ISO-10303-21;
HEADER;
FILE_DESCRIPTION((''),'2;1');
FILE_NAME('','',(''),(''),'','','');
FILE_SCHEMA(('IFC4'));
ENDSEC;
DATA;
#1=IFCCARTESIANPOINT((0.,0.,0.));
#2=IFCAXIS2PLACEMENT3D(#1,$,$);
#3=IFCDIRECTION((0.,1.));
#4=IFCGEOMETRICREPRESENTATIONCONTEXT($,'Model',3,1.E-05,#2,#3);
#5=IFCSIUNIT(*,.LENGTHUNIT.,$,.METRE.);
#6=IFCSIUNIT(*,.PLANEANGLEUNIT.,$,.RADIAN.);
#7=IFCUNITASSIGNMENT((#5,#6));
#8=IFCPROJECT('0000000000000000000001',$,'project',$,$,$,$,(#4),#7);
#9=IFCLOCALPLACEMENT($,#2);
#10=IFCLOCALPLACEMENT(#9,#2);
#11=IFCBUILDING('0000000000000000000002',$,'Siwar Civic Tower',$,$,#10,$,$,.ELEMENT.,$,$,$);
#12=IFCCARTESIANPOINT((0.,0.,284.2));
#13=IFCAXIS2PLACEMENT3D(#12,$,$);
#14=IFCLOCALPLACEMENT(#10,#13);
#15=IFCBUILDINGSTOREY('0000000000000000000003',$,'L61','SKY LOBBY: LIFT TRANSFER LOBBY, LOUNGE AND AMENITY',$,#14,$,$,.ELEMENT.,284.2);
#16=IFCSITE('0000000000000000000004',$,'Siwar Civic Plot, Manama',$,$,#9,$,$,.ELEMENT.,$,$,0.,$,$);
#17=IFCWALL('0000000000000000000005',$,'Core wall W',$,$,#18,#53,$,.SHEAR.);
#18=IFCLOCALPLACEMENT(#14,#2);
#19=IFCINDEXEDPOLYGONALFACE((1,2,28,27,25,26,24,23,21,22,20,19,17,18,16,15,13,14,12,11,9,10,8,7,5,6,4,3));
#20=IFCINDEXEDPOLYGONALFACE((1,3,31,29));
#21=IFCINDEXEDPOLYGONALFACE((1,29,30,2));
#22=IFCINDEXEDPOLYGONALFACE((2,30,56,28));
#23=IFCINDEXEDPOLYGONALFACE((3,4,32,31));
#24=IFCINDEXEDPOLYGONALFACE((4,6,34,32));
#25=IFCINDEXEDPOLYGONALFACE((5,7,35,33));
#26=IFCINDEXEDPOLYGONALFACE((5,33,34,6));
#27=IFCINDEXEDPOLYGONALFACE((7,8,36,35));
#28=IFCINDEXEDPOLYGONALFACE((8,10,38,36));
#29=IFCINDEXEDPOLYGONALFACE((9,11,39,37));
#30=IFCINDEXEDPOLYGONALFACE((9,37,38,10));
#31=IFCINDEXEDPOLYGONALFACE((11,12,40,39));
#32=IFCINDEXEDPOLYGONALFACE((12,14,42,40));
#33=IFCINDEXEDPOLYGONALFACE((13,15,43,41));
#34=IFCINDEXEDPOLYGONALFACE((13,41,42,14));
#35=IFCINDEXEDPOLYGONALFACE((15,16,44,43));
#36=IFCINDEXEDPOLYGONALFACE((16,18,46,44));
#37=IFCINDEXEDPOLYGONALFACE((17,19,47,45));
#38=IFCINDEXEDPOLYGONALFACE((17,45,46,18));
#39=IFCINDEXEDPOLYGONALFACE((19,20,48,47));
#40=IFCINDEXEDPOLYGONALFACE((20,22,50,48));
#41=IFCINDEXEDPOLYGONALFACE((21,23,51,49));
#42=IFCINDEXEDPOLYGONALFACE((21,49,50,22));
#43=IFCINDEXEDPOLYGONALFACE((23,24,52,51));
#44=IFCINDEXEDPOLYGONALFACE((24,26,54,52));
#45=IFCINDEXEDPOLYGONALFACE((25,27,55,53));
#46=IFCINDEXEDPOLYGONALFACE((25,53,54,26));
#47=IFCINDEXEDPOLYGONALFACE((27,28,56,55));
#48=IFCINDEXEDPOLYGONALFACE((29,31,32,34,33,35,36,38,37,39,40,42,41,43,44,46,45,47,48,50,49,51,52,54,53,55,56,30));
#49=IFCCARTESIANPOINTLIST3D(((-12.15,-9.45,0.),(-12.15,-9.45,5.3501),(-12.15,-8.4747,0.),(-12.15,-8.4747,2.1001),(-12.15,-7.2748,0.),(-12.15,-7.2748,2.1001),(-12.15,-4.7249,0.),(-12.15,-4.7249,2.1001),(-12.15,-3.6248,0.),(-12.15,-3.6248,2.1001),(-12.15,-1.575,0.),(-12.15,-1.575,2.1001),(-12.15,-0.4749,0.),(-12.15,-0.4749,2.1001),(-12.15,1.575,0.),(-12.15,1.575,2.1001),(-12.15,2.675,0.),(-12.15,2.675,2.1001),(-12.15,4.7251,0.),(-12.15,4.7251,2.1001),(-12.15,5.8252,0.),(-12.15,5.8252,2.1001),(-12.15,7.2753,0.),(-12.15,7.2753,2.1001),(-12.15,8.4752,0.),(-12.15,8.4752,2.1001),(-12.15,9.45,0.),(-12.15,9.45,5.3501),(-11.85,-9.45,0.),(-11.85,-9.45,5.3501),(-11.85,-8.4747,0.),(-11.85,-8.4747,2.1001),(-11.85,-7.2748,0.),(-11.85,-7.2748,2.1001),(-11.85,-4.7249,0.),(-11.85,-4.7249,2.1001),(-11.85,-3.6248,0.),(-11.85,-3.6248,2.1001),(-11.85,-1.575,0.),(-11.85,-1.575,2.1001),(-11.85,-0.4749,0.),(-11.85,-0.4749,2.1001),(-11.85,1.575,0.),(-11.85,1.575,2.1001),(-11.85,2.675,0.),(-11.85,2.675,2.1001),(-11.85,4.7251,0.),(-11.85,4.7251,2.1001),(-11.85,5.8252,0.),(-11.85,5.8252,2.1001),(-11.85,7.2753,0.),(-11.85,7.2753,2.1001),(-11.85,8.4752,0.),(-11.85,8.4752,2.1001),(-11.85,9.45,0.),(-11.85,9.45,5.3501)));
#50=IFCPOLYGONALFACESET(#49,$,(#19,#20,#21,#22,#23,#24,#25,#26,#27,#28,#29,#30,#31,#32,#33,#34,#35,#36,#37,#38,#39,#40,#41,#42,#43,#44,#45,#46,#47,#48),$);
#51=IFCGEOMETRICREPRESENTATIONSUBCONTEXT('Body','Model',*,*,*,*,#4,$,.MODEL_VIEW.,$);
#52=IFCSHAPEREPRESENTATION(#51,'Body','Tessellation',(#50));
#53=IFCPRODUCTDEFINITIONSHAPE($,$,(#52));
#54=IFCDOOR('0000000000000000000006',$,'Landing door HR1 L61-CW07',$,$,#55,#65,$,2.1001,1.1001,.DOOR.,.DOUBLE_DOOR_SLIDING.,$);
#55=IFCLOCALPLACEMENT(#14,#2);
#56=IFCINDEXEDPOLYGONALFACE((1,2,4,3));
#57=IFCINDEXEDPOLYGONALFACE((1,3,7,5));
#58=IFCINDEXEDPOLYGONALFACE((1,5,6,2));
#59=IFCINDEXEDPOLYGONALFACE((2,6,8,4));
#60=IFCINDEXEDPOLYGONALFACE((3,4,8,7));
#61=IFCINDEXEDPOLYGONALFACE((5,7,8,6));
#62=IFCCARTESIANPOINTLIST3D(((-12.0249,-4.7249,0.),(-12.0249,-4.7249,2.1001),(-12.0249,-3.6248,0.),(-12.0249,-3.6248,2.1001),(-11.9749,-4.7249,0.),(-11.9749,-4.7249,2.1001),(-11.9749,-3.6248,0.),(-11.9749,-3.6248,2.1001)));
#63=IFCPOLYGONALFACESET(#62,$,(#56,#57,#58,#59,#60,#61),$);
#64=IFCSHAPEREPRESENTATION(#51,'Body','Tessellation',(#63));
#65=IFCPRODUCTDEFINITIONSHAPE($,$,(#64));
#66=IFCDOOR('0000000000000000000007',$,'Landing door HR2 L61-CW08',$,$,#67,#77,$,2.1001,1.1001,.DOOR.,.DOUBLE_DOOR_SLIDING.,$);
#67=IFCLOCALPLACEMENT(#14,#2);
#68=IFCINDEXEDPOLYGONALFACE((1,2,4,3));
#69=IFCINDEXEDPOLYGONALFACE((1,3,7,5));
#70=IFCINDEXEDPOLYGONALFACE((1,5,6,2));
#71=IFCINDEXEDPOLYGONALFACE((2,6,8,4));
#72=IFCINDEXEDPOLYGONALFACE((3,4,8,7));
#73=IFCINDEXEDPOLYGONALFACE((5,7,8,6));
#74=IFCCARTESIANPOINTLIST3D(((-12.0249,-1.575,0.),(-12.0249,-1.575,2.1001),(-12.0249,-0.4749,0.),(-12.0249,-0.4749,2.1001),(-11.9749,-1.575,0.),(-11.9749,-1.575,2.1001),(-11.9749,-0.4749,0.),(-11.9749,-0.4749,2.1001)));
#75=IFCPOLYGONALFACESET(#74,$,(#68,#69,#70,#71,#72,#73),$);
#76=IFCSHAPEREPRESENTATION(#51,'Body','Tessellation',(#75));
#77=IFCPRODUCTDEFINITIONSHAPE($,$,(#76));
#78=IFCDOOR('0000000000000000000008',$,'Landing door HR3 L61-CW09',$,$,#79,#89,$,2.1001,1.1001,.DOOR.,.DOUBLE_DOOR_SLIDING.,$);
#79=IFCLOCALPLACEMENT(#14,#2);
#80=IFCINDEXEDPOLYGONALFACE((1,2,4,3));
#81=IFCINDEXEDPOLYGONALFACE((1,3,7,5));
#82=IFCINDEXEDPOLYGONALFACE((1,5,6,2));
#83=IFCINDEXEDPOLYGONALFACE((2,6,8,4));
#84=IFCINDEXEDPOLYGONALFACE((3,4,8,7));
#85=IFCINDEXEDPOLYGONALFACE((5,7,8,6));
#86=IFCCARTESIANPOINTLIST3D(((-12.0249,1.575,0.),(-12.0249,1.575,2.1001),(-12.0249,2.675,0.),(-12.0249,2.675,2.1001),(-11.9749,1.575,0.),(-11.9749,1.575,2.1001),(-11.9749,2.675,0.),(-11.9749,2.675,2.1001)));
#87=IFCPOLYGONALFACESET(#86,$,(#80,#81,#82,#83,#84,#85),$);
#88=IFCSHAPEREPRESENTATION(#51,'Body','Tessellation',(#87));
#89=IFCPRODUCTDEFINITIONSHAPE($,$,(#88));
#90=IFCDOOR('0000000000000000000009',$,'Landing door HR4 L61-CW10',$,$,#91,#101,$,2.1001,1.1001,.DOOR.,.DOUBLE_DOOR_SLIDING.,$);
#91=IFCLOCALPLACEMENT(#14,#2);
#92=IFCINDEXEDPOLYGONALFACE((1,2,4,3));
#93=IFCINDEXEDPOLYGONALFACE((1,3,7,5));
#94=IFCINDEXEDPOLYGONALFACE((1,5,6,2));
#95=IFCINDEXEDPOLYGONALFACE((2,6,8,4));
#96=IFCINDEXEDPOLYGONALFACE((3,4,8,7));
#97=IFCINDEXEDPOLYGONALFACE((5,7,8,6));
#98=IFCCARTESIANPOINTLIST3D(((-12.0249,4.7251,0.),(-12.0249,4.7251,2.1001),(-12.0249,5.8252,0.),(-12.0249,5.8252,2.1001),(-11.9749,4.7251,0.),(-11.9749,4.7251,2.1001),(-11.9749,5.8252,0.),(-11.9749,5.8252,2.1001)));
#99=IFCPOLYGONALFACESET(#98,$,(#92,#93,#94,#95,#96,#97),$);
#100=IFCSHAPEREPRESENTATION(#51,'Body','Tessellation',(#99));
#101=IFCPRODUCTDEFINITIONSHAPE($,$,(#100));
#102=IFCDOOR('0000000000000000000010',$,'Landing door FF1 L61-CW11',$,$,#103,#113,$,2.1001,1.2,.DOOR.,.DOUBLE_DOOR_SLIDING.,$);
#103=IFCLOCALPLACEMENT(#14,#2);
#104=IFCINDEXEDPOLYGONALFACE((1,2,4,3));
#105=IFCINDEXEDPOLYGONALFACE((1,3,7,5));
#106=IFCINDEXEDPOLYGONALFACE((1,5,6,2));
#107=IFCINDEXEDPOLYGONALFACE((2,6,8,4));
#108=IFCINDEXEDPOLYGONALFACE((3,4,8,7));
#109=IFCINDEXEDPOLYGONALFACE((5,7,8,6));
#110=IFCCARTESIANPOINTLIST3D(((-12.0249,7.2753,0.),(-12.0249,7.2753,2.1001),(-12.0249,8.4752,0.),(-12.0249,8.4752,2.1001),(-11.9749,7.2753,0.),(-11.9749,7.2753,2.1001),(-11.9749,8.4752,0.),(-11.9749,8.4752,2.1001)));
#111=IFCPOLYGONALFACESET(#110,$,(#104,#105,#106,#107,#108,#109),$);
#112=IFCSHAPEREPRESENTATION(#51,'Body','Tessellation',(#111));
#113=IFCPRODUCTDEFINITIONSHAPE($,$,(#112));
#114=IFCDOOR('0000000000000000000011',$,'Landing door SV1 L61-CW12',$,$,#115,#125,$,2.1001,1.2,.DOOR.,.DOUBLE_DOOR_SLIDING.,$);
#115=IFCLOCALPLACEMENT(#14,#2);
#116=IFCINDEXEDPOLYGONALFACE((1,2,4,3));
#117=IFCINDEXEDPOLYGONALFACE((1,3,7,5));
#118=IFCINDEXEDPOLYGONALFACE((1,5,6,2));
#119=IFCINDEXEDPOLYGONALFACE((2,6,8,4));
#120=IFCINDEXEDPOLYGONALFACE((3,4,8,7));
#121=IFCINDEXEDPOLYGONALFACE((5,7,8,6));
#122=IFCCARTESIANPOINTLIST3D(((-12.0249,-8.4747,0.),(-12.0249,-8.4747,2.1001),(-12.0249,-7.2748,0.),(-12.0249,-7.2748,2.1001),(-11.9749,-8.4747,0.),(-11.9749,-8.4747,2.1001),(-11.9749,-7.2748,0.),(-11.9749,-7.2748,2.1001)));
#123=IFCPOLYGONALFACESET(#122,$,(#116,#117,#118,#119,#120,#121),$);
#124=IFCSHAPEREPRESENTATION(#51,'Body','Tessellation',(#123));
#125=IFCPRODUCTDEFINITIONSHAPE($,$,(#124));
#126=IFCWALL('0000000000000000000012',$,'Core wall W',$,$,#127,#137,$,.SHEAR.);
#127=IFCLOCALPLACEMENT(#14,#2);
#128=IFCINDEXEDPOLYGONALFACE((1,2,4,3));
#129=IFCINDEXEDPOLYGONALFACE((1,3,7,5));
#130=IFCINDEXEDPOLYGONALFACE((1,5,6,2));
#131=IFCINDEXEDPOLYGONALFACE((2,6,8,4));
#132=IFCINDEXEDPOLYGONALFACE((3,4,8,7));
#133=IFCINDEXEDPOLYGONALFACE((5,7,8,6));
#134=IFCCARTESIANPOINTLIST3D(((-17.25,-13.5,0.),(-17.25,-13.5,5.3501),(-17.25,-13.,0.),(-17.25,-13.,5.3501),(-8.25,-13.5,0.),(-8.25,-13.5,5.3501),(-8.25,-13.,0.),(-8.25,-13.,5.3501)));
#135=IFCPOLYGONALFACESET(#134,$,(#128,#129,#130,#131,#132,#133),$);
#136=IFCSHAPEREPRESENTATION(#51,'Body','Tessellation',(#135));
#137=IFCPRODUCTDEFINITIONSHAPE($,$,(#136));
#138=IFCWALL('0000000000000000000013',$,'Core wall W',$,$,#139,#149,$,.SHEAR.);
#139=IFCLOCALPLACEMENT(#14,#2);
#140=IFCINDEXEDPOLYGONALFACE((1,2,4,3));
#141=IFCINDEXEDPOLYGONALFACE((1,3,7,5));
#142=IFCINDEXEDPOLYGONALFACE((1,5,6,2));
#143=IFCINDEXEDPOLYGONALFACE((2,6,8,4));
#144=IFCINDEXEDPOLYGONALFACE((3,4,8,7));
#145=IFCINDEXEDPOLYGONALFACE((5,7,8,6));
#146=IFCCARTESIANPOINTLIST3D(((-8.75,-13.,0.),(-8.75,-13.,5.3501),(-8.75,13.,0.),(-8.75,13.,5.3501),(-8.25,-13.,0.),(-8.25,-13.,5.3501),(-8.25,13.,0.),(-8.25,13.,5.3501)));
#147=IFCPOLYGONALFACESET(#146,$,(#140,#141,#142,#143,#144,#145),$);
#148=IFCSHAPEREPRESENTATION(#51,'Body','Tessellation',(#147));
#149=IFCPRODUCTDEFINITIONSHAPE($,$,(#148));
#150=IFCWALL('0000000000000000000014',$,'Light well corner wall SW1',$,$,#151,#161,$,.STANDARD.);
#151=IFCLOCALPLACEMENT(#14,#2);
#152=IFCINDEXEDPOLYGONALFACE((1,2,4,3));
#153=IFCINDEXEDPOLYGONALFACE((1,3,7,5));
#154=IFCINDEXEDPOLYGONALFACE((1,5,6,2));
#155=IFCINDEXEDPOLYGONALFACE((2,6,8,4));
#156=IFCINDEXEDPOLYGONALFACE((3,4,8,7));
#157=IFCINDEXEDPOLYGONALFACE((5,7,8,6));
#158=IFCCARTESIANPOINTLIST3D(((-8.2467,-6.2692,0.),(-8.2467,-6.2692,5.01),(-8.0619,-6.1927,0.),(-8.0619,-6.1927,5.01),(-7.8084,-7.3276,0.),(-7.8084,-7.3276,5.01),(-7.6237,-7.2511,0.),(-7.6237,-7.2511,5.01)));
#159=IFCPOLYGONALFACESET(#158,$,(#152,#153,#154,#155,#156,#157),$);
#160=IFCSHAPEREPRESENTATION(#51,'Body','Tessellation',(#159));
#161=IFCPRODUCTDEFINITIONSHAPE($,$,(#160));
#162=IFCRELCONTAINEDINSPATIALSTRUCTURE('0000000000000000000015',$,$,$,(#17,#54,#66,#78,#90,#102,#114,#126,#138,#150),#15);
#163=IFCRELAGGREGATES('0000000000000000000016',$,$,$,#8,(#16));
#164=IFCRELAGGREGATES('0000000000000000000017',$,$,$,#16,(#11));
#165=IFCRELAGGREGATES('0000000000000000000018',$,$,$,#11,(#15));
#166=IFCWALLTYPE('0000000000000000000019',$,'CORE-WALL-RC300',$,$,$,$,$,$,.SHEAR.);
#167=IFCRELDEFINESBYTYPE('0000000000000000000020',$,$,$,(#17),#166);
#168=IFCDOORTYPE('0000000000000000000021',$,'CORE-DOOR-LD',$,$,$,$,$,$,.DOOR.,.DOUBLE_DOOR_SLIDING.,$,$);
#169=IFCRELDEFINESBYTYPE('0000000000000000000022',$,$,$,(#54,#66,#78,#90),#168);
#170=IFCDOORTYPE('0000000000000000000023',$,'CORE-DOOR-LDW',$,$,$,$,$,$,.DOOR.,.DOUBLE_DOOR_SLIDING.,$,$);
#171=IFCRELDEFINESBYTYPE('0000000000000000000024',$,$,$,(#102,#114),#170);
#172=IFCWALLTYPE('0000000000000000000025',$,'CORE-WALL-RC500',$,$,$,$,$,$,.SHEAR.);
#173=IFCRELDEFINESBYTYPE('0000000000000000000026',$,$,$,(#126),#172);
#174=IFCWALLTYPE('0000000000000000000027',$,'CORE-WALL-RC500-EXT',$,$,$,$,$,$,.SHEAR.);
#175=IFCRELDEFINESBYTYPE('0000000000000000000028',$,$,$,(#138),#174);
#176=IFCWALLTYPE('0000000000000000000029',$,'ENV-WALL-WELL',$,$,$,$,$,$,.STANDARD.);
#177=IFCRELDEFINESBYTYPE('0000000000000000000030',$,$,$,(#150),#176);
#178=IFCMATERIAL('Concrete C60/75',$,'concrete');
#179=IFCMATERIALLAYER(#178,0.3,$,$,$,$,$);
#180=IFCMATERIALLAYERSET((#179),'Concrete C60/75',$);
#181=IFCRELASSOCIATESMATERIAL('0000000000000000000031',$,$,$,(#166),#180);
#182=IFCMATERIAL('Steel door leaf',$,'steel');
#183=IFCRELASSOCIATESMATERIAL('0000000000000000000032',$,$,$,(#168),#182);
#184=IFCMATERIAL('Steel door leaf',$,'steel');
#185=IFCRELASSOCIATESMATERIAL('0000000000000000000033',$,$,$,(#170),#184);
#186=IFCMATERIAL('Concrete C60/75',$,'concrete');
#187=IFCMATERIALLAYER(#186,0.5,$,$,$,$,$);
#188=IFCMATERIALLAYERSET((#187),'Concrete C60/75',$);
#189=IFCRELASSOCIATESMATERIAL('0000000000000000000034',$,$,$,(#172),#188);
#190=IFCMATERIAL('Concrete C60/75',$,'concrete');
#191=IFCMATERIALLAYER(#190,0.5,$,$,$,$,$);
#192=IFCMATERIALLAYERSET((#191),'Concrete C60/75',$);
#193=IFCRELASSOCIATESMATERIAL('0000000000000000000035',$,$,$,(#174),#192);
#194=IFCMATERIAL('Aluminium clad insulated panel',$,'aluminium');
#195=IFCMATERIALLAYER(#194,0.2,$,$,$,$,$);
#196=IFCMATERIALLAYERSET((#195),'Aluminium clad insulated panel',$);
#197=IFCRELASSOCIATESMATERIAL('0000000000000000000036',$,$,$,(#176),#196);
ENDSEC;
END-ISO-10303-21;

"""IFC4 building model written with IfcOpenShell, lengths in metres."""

from ifc_helpers import new_model, si_unit, direction, frame, frame_2d, origin, place, context, subcontext, project, spatial, rectangle, extrude, material, layer, layer_set, type_object, element, fill, save


model = new_model("IFC4")

# Units and contexts
model_context = context("Model", 3, precision=1e-05, world=origin(), true_north=direction((0.0, 1.0)))
body_context = subcontext(model_context, "Body", "Model", "MODEL_VIEW")
ifc_project = project(units=[si_unit("LENGTHUNIT", "METRE"), si_unit("PLANEANGLEUNIT", "RADIAN")], contexts=[model_context])

# Site, building, storey
site_placement = place(None, origin())
site = spatial("IfcSite", under=ifc_project, at=site_placement, Name="Siwar Civic Plot, Manama", CompositionType="ELEMENT", RefElevation=0.0)
building_placement = place(site_placement, origin())
building = spatial("IfcBuilding", under=site, at=building_placement, Name="Siwar Civic Tower", CompositionType="ELEMENT")
storey_placement = place(building_placement, frame((0.0, 0.0, 284.2)))
storey = spatial("IfcBuildingStorey", under=building, at=storey_placement, Name="L61", Description="SKY LOBBY: LIFT TRANSFER LOBBY, LOUNGE AND AMENITY", CompositionType="ELEMENT", Elevation=284.2)

# Wall, openings, doors
ifc_material_1 = material(Name="Concrete C60/75", Category="concrete")
ifc_layer_1 = layer(ifc_material_1, 0.3)
ifc_layer_set_1 = layer_set([ifc_layer_1], Name="Concrete C60/75")
wall_type_1 = type_object("IfcWallType", Name="CORE-WALL-RC300", PredefinedType="SHEAR", material=ifc_layer_set_1)
wall_1_placement = place(storey_placement, frame((-12.0, -9.45, 0.0), z_axis=(0.0, 0.0, 1.0), x_axis=(0.0, 1.0, 0.0)))
wall_1 = element("IfcWall", 1, at=wall_1_placement, inside=storey, type_object=wall_type_1, Name="Core wall W", PredefinedType="SHEAR", context=body_context, shape_type="SweptSolid", body=[
    extrude(rectangle(XDim=18.8999, YDim=0.3, at=frame_2d((9.45, 0.0))), origin(), (0.0, 0.0, 1.0), 5.3501),
])
opening_1_placement = place(wall_1_placement, frame((4.7251, 0.0, 0.0)))
opening_1 = element("IfcOpeningElement", 2, at=opening_1_placement, cuts=wall_1, PredefinedType="OPENING", context=body_context, shape_type="SweptSolid", body=[
    extrude(rectangle(XDim=1.1001, YDim=2.1001, at=frame_2d((0.55, 1.05))), frame((0.0, 0.1602, 0.0), z_axis=(0.0, -1.0, 0.0), x_axis=(1.0, 0.0, 0.0)), (0.0, 0.0, 1.0), 0.3201),
])
opening_2_placement = place(wall_1_placement, frame((7.875, 0.0, 0.0)))
opening_2 = element("IfcOpeningElement", 3, at=opening_2_placement, cuts=wall_1, PredefinedType="OPENING", context=body_context, shape_type="SweptSolid", body=[
    extrude(rectangle(XDim=1.1001, YDim=2.1001, at=frame_2d((0.55, 1.05))), frame((0.0, 0.1602, 0.0), z_axis=(0.0, -1.0, 0.0), x_axis=(1.0, 0.0, 0.0)), (0.0, 0.0, 1.0), 0.3201),
])
opening_3_placement = place(wall_1_placement, frame((11.0249, 0.0, 0.0)))
opening_3 = element("IfcOpeningElement", 4, at=opening_3_placement, cuts=wall_1, PredefinedType="OPENING", context=body_context, shape_type="SweptSolid", body=[
    extrude(rectangle(XDim=1.1001, YDim=2.1001, at=frame_2d((0.55, 1.05))), frame((0.0, 0.1602, 0.0), z_axis=(0.0, -1.0, 0.0), x_axis=(1.0, 0.0, 0.0)), (0.0, 0.0, 1.0), 0.3201),
])
opening_4_placement = place(wall_1_placement, frame((14.175, 0.0, 0.0)))
opening_4 = element("IfcOpeningElement", 5, at=opening_4_placement, cuts=wall_1, PredefinedType="OPENING", context=body_context, shape_type="SweptSolid", body=[
    extrude(rectangle(XDim=1.1001, YDim=2.1001, at=frame_2d((0.55, 1.05))), frame((0.0, 0.1602, 0.0), z_axis=(0.0, -1.0, 0.0), x_axis=(1.0, 0.0, 0.0)), (0.0, 0.0, 1.0), 0.3201),
])
opening_5_placement = place(wall_1_placement, frame((16.7251, 0.0, 0.0)))
opening_5 = element("IfcOpeningElement", 6, at=opening_5_placement, cuts=wall_1, PredefinedType="OPENING", context=body_context, shape_type="SweptSolid", body=[
    extrude(rectangle(XDim=1.2, YDim=2.1001, at=frame_2d((0.6001, 1.05))), frame((0.0, 0.1602, 0.0), z_axis=(0.0, -1.0, 0.0), x_axis=(1.0, 0.0, 0.0)), (0.0, 0.0, 1.0), 0.3201),
])
opening_6_placement = place(wall_1_placement, frame((0.9751, 0.0, 0.0)))
opening_6 = element("IfcOpeningElement", 7, at=opening_6_placement, cuts=wall_1, PredefinedType="OPENING", context=body_context, shape_type="SweptSolid", body=[
    extrude(rectangle(XDim=1.2, YDim=2.1001, at=frame_2d((0.6001, 1.05))), frame((0.0, 0.1602, 0.0), z_axis=(0.0, -1.0, 0.0), x_axis=(1.0, 0.0, 0.0)), (0.0, 0.0, 1.0), 0.3201),
])
ifc_material_2 = material(Name="Steel door leaf", Category="steel")
door_type_1 = type_object("IfcDoorType", Name="CORE-DOOR-LD", OperationType="DOUBLE_DOOR_SLIDING", PredefinedType="DOOR", material=ifc_material_2)
door_1_placement = place(opening_1_placement, origin())
door_1 = element("IfcDoor", 8, at=door_1_placement, inside=storey, type_object=door_type_1, Name="Landing door HR1 L61-CW07", OperationType="DOUBLE_DOOR_SLIDING", OverallHeight=2.1001, OverallWidth=1.1001, PredefinedType="DOOR", context=body_context, shape_type="SweptSolid", body=[
    extrude(rectangle(XDim=1.1001, YDim=2.1001, at=frame_2d((0.55, 1.05))), frame((0.0, 0.0249, 0.0), z_axis=(0.0, -1.0, 0.0), x_axis=(1.0, 0.0, 0.0)), (0.0, 0.0, 1.0), 0.05),
])
fill(opening_1, door_1)
door_2_placement = place(opening_2_placement, origin())
door_2 = element("IfcDoor", 9, at=door_2_placement, inside=storey, type_object=door_type_1, Name="Landing door HR2 L61-CW08", OperationType="DOUBLE_DOOR_SLIDING", OverallHeight=2.1001, OverallWidth=1.1001, PredefinedType="DOOR", context=body_context, shape_type="SweptSolid", body=[
    extrude(rectangle(XDim=1.1001, YDim=2.1001, at=frame_2d((0.55, 1.05))), frame((0.0, 0.0249, 0.0), z_axis=(0.0, -1.0, 0.0), x_axis=(1.0, 0.0, 0.0)), (0.0, 0.0, 1.0), 0.05),
])
fill(opening_2, door_2)
door_3_placement = place(opening_3_placement, origin())
door_3 = element("IfcDoor", 10, at=door_3_placement, inside=storey, type_object=door_type_1, Name="Landing door HR3 L61-CW09", OperationType="DOUBLE_DOOR_SLIDING", OverallHeight=2.1001, OverallWidth=1.1001, PredefinedType="DOOR", context=body_context, shape_type="SweptSolid", body=[
    extrude(rectangle(XDim=1.1001, YDim=2.1001, at=frame_2d((0.55, 1.05))), frame((0.0, 0.0249, 0.0), z_axis=(0.0, -1.0, 0.0), x_axis=(1.0, 0.0, 0.0)), (0.0, 0.0, 1.0), 0.05),
])
fill(opening_3, door_3)
door_4_placement = place(opening_4_placement, origin())
door_4 = element("IfcDoor", 11, at=door_4_placement, inside=storey, type_object=door_type_1, Name="Landing door HR4 L61-CW10", OperationType="DOUBLE_DOOR_SLIDING", OverallHeight=2.1001, OverallWidth=1.1001, PredefinedType="DOOR", context=body_context, shape_type="SweptSolid", body=[
    extrude(rectangle(XDim=1.1001, YDim=2.1001, at=frame_2d((0.55, 1.05))), frame((0.0, 0.0249, 0.0), z_axis=(0.0, -1.0, 0.0), x_axis=(1.0, 0.0, 0.0)), (0.0, 0.0, 1.0), 0.05),
])
fill(opening_4, door_4)
ifc_material_3 = material(Name="Steel door leaf", Category="steel")
door_type_2 = type_object("IfcDoorType", Name="CORE-DOOR-LDW", OperationType="DOUBLE_DOOR_SLIDING", PredefinedType="DOOR", material=ifc_material_3)
door_5_placement = place(opening_5_placement, origin())
door_5 = element("IfcDoor", 12, at=door_5_placement, inside=storey, type_object=door_type_2, Name="Landing door FF1 L61-CW11", OperationType="DOUBLE_DOOR_SLIDING", OverallHeight=2.1001, OverallWidth=1.2, PredefinedType="DOOR", context=body_context, shape_type="SweptSolid", body=[
    extrude(rectangle(XDim=1.2, YDim=2.1001, at=frame_2d((0.6001, 1.05))), frame((0.0, 0.0249, 0.0), z_axis=(0.0, -1.0, 0.0), x_axis=(1.0, 0.0, 0.0)), (0.0, 0.0, 1.0), 0.05),
])
fill(opening_5, door_5)
door_6_placement = place(opening_6_placement, origin())
door_6 = element("IfcDoor", 13, at=door_6_placement, inside=storey, type_object=door_type_2, Name="Landing door SV1 L61-CW12", OperationType="DOUBLE_DOOR_SLIDING", OverallHeight=2.1001, OverallWidth=1.2, PredefinedType="DOOR", context=body_context, shape_type="SweptSolid", body=[
    extrude(rectangle(XDim=1.2, YDim=2.1001, at=frame_2d((0.6001, 1.05))), frame((0.0, 0.0249, 0.0), z_axis=(0.0, -1.0, 0.0), x_axis=(1.0, 0.0, 0.0)), (0.0, 0.0, 1.0), 0.05),
])
fill(opening_6, door_6)

# Walls
ifc_material_4 = material(Name="Concrete C60/75", Category="concrete")
ifc_layer_2 = layer(ifc_material_4, 0.5)
ifc_layer_set_2 = layer_set([ifc_layer_2], Name="Concrete C60/75")
wall_type_2 = type_object("IfcWallType", Name="CORE-WALL-RC500", PredefinedType="SHEAR", material=ifc_layer_set_2)
wall_2_placement = place(storey_placement, frame((-8.25, -13.25, 0.0), z_axis=(0.0, 0.0, 1.0), x_axis=(-1.0, 0.0, 0.0)))
element("IfcWall", 14, at=wall_2_placement, inside=storey, type_object=wall_type_2, Name="Core wall W", PredefinedType="SHEAR", context=body_context, shape_type="SweptSolid", body=[
    extrude(rectangle(XDim=9.0, YDim=0.5, at=frame_2d((4.5, 0.0))), origin(), (0.0, 0.0, 1.0), 5.3501),
])
ifc_material_5 = material(Name="Concrete C60/75", Category="concrete")
ifc_layer_3 = layer(ifc_material_5, 0.5)
ifc_layer_set_3 = layer_set([ifc_layer_3], Name="Concrete C60/75")
wall_type_3 = type_object("IfcWallType", Name="CORE-WALL-RC500-EXT", PredefinedType="SHEAR", material=ifc_layer_set_3)
wall_3_placement = place(storey_placement, frame((-8.5, -13.0, 0.0), z_axis=(0.0, 0.0, 1.0), x_axis=(0.0, 1.0, 0.0)))
element("IfcWall", 15, at=wall_3_placement, inside=storey, type_object=wall_type_3, Name="Core wall W", PredefinedType="SHEAR", context=body_context, shape_type="SweptSolid", body=[
    extrude(rectangle(XDim=26.0, YDim=0.5, at=frame_2d((13.0, 0.0))), origin(), (0.0, 0.0, 1.0), 5.3501),
])
ifc_material_6 = material(Name="Aluminium clad insulated panel", Category="aluminium")
ifc_layer_4 = layer(ifc_material_6, 0.2)
ifc_layer_set_4 = layer_set([ifc_layer_4], Name="Aluminium clad insulated panel")
wall_type_4 = type_object("IfcWallType", Name="ENV-WALL-WELL", PredefinedType="STANDARD", material=ifc_layer_set_4)
wall_4_placement = place(storey_placement, frame((-8.1543, -6.231, 0.0), z_axis=(0.0, 0.0, 1.0), x_axis=(0.382571, -0.923926, 0.0)))
element("IfcWall", 16, at=wall_4_placement, inside=storey, type_object=wall_type_4, Name="Light well corner wall SW1", PredefinedType="STANDARD", context=body_context, shape_type="SweptSolid", body=[
    extrude(rectangle(XDim=1.1455, YDim=0.2, at=frame_2d((0.5728, 0.0))), origin(), (0.0, 0.0, 1.0), 5.01),
])

save(model, "model.ifc")
